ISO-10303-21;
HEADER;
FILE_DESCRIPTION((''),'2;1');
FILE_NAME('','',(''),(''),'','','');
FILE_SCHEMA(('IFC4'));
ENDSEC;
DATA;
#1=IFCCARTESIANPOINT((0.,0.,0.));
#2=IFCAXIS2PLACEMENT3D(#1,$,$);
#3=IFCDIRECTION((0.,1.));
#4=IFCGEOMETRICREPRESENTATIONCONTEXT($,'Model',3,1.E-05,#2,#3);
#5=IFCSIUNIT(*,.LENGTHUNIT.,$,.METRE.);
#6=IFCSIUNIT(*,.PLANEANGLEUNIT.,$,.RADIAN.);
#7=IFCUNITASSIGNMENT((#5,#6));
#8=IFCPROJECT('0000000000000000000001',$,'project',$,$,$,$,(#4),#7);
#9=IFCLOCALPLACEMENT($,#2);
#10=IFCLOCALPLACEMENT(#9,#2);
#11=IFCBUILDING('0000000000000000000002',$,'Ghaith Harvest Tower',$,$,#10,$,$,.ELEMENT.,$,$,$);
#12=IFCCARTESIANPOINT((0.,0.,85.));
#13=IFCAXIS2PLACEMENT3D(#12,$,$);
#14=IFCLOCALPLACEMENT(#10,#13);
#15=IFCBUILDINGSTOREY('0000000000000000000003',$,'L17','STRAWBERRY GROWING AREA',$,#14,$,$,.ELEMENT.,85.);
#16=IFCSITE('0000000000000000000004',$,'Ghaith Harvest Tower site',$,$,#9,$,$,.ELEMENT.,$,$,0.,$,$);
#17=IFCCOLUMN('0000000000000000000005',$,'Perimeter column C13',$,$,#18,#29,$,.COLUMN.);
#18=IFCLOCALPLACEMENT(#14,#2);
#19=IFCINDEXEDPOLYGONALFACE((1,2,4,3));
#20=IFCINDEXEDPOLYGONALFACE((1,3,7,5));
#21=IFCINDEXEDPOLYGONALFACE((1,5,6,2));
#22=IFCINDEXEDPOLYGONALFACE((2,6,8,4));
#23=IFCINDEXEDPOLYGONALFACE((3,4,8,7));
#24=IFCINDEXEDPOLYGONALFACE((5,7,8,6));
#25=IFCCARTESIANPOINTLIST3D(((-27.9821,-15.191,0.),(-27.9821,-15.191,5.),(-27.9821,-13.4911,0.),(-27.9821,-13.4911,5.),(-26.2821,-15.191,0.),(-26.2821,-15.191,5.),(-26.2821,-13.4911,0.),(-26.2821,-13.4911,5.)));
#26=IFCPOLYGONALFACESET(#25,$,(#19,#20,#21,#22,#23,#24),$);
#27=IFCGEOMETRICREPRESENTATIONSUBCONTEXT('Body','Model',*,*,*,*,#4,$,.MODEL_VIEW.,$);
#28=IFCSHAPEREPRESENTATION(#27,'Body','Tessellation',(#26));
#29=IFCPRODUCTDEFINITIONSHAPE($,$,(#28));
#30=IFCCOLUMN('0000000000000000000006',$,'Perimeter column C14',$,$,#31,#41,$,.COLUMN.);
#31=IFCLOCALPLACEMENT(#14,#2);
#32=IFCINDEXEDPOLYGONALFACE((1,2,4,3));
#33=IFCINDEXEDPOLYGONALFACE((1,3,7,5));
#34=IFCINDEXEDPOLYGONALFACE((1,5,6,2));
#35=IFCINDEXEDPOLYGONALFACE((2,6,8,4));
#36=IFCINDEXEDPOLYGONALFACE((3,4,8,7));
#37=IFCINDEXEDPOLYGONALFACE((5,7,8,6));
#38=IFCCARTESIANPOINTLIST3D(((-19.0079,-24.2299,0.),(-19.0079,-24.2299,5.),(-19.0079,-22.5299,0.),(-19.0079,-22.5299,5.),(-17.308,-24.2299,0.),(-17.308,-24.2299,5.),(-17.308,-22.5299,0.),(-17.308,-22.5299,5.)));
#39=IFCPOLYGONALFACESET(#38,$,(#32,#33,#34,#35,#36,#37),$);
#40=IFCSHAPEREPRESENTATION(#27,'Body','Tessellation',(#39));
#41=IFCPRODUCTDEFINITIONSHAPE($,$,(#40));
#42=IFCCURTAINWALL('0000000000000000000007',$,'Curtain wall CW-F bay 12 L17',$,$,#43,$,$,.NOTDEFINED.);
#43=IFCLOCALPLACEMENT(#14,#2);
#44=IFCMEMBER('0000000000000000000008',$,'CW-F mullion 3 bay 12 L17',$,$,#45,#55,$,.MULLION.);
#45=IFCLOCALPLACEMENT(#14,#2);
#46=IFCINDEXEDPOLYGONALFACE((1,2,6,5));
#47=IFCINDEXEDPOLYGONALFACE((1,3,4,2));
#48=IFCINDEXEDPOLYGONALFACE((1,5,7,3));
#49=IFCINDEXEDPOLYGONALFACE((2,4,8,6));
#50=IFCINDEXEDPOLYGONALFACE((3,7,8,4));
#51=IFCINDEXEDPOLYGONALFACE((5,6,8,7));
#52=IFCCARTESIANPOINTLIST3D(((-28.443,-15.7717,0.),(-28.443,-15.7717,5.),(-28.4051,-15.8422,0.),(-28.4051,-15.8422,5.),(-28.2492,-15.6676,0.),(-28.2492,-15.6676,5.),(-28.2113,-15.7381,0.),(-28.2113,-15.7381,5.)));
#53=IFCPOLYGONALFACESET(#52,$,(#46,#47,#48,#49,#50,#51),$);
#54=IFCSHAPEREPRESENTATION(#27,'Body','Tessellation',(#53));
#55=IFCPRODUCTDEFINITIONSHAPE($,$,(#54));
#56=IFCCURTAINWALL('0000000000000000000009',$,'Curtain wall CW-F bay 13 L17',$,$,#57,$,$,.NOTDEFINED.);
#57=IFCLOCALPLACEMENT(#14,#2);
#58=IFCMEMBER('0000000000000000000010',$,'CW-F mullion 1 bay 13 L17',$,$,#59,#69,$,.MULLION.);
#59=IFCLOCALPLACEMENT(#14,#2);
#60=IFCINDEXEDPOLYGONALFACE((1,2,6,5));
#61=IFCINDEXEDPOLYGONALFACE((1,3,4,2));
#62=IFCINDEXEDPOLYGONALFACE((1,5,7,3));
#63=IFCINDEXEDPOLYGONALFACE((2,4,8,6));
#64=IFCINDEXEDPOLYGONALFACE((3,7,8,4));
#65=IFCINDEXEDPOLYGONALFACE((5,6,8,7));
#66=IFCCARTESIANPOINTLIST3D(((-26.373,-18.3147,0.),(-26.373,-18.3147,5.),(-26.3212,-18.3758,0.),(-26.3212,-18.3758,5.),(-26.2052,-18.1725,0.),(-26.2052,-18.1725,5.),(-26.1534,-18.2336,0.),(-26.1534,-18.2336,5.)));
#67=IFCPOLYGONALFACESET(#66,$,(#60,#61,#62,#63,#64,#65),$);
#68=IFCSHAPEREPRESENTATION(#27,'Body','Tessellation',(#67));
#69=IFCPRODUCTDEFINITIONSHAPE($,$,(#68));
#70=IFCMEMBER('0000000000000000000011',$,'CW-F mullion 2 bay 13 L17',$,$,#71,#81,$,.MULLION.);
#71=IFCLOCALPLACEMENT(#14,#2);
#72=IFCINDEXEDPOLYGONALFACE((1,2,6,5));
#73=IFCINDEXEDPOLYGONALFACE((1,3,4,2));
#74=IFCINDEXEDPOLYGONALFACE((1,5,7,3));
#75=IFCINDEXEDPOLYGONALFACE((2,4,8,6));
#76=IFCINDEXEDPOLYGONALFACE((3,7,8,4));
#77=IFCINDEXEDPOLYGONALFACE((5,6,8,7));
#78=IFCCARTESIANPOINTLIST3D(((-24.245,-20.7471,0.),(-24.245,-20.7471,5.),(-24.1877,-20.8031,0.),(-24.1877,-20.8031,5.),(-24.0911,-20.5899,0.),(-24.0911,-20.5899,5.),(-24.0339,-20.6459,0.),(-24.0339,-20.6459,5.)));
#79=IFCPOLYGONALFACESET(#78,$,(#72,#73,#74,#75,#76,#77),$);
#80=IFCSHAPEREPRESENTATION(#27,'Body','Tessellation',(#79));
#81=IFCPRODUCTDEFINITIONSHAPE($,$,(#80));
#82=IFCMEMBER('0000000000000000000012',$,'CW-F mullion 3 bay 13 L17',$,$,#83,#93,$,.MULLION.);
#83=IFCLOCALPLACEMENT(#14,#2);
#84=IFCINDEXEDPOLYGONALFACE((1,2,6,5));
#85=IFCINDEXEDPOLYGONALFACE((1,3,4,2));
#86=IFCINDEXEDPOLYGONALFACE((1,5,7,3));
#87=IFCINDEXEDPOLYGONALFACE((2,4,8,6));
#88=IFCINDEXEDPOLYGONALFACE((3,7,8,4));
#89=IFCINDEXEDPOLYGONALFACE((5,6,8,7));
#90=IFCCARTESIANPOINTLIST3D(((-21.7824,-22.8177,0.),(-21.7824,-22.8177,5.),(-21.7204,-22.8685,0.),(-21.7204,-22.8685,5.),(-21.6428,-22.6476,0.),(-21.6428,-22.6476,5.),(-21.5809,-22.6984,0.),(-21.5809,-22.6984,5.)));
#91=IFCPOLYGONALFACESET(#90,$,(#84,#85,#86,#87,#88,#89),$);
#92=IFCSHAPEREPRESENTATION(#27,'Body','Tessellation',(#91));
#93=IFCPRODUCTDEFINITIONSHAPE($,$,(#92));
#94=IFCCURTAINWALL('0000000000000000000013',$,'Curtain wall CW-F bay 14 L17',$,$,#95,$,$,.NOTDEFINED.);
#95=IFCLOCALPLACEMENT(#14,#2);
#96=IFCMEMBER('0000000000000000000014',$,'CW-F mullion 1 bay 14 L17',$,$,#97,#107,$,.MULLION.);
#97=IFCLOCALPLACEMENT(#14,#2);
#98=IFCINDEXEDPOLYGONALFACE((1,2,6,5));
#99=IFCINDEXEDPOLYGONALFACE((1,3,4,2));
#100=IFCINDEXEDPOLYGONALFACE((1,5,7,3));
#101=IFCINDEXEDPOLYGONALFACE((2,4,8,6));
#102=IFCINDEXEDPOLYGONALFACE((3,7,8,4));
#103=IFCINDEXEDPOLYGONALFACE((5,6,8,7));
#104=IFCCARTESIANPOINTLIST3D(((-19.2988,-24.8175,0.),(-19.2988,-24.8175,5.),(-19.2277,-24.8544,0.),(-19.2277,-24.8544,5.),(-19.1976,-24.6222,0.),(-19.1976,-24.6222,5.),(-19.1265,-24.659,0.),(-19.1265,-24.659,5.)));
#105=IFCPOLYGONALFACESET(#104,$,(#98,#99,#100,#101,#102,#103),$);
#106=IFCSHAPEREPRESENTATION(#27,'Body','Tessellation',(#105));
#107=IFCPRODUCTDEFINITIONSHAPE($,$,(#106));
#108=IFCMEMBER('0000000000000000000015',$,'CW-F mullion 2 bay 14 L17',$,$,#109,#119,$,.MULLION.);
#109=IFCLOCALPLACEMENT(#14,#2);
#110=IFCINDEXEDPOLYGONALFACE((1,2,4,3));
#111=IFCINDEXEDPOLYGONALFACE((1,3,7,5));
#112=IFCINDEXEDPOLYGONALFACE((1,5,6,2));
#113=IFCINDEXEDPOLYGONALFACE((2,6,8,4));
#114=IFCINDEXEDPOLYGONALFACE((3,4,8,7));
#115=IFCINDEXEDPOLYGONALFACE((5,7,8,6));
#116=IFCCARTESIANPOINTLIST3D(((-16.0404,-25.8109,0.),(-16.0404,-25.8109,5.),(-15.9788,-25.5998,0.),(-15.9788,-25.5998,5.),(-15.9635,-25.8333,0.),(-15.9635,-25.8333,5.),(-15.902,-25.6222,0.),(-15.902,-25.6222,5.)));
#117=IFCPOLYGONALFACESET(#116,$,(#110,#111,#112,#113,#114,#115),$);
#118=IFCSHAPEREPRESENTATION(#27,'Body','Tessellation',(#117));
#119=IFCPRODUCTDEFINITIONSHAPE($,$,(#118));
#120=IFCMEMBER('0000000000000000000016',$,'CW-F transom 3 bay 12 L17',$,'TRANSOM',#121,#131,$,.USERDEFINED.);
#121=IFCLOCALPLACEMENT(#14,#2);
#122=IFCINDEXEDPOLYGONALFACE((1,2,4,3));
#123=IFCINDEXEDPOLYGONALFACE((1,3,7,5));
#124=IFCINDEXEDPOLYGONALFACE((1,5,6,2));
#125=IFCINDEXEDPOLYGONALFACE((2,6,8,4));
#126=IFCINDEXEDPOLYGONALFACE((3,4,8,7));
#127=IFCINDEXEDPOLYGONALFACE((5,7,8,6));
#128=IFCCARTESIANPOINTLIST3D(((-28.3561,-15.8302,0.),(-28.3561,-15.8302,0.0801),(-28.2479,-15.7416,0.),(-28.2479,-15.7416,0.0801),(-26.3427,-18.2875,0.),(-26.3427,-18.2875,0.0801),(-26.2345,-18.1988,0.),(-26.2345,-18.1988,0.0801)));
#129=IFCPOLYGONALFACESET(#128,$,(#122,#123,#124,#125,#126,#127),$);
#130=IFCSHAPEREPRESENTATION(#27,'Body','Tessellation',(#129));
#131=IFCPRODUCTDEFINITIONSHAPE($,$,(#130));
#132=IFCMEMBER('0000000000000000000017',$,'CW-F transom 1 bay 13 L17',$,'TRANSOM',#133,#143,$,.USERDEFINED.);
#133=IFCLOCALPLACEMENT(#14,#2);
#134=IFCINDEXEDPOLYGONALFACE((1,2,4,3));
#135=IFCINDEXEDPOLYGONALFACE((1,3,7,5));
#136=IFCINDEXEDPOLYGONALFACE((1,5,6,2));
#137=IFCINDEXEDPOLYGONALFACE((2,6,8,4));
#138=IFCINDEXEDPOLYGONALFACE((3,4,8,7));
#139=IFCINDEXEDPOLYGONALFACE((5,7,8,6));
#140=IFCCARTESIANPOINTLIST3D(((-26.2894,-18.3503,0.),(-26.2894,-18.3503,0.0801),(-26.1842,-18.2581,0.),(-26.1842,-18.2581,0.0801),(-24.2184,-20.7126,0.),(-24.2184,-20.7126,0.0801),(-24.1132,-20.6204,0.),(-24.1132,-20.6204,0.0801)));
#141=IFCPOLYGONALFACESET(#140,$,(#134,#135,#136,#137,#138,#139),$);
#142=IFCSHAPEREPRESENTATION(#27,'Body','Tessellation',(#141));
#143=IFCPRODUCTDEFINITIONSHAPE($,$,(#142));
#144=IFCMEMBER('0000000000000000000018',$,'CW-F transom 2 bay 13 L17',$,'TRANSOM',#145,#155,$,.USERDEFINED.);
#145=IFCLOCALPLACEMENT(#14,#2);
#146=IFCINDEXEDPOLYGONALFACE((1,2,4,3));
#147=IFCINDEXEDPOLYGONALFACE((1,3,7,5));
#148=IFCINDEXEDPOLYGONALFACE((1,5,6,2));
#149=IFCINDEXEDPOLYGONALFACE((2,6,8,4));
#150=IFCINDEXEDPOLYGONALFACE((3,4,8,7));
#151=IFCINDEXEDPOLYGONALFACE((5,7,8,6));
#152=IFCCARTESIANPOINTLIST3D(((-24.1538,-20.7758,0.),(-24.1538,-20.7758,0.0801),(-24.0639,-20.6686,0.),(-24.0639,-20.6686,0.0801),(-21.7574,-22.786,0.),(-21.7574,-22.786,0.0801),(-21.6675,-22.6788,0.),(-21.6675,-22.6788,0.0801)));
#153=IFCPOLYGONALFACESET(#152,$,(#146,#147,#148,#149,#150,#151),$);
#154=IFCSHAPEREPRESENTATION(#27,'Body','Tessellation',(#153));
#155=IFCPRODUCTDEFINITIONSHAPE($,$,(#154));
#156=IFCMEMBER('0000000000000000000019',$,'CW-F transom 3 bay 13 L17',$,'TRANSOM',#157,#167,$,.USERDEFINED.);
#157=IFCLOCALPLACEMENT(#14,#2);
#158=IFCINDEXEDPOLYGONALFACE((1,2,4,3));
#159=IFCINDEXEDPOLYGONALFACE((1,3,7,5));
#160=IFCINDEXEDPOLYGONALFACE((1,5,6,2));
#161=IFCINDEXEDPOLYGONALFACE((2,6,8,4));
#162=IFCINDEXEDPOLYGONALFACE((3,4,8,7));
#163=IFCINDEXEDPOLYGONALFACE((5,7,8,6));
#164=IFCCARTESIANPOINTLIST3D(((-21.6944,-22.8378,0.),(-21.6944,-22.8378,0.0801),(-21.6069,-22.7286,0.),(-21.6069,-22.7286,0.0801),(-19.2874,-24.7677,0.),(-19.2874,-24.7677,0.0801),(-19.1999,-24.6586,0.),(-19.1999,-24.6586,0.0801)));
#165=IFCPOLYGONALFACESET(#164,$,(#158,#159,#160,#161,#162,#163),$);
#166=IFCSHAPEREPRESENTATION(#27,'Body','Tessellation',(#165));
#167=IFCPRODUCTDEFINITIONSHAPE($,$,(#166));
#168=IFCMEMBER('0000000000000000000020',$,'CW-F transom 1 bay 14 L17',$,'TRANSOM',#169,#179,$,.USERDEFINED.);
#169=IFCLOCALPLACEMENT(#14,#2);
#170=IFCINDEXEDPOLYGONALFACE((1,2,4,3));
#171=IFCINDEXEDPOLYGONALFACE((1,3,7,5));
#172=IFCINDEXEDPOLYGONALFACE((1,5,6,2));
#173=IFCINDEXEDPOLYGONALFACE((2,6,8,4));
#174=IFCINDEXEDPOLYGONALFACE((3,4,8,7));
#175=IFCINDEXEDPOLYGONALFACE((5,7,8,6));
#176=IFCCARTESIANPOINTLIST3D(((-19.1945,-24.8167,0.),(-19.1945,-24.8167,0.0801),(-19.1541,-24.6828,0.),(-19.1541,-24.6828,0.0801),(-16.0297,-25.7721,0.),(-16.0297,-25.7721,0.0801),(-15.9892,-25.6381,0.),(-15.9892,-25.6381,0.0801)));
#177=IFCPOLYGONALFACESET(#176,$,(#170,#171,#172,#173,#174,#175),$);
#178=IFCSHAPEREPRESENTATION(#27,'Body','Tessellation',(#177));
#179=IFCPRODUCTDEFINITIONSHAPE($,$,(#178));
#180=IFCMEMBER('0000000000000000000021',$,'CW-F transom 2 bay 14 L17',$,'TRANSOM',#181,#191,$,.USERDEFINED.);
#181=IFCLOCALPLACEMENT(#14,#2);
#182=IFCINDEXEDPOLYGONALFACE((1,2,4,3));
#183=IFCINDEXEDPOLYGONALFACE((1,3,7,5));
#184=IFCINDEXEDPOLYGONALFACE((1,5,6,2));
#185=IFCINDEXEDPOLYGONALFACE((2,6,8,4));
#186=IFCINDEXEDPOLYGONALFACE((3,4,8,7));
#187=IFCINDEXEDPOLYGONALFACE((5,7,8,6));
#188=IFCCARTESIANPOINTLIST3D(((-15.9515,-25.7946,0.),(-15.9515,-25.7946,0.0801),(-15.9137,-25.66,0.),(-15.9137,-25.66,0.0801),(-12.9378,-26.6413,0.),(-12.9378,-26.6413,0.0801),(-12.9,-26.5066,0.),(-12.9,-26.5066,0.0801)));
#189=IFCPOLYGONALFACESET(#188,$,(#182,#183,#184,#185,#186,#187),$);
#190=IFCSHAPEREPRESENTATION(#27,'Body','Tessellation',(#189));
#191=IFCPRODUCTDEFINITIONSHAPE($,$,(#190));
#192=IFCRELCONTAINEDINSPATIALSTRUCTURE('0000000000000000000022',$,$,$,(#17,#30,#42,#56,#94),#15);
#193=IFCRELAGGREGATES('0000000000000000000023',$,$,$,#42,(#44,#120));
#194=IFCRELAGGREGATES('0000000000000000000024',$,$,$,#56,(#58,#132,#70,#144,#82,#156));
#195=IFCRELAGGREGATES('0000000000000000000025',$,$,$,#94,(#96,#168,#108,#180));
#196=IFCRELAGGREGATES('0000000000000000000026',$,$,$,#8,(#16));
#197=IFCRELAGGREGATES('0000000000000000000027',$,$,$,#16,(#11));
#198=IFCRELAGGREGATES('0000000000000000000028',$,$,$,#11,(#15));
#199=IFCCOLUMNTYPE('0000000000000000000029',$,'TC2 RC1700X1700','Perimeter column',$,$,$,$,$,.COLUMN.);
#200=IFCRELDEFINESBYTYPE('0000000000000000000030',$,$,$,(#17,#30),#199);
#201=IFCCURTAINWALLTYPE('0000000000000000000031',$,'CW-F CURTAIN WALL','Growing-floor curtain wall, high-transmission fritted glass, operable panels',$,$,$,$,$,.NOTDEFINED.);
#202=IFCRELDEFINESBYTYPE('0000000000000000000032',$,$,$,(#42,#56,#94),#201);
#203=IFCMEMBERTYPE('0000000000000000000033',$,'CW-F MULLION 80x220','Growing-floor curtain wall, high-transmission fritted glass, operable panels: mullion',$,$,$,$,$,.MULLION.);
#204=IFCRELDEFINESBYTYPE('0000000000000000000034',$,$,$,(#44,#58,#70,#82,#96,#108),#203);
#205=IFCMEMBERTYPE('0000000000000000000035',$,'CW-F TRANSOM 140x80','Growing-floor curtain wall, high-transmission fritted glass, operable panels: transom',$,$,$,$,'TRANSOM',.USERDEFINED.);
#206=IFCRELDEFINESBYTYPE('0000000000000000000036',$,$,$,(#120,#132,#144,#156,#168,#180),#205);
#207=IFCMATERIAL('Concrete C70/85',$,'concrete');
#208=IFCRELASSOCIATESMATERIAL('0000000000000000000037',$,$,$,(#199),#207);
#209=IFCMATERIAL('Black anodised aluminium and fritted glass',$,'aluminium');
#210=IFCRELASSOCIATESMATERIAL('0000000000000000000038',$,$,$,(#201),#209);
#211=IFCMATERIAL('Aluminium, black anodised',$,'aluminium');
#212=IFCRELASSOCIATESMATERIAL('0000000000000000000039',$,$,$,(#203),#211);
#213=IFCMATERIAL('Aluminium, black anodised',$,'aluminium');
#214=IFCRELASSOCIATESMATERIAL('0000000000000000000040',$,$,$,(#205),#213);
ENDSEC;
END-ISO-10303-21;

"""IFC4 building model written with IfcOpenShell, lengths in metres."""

from ifc_helpers import new_model, si_unit, direction, frame, origin, origin_2d, place, context, subcontext, project, spatial, rectangle, extrude, material, material_profile, profile_set, type_object, element, aggregate, save


model = new_model("IFC4")

# Units and contexts
model_context = context("Model", 3, precision=1e-05, world=origin(), true_north=direction((0.0, 1.0)))
body_context = subcontext(model_context, "Body", "Model", "MODEL_VIEW")
ifc_project = project(units=[si_unit("LENGTHUNIT", "METRE"), si_unit("PLANEANGLEUNIT", "RADIAN")], contexts=[model_context])

# Site, building, storey
site_placement = place(None, origin())
site = spatial("IfcSite", under=ifc_project, at=site_placement, Name="Ghaith Harvest Tower site", CompositionType="ELEMENT", RefElevation=0.0)
building_placement = place(site_placement, origin())
building = spatial("IfcBuilding", under=site, at=building_placement, Name="Ghaith Harvest Tower", CompositionType="ELEMENT")
storey_placement = place(building_placement, frame((0.0, 0.0, 85.0)))
storey = spatial("IfcBuildingStorey", under=building, at=storey_placement, Name="L17", Description="STRAWBERRY GROWING AREA", CompositionType="ELEMENT", Elevation=85.0)

# Columns
ifc_material_1 = material(Name="Concrete C70/85", Category="concrete")
ifc_material_profile_1 = material_profile(ifc_material_1, rectangle(XDim=1.7, YDim=1.7, at=origin_2d()), Name="RC1700X1700")
ifc_profile_set_1 = profile_set([ifc_material_profile_1], Name="Concrete C70/85")
column_type = type_object("IfcColumnType", Name="TC2 RC1700X1700", Description="Perimeter column", PredefinedType="COLUMN", material=ifc_profile_set_1)
for number, where, z_axis, x_axis, name in (
    (1, (-27.1321, -14.3411, 0.0), (0.0, 0.0, 1.0), (1.0, 0.0, 0.0), "Perimeter column C13"),
    (2, (-18.158, -23.3799, 0.0), (0.0, 0.0, 1.0), (1.0, 0.0, 0.0), "Perimeter column C14"),
):
    element("IfcColumn", number, at=place(storey_placement, frame(where, z_axis=z_axis, x_axis=x_axis)), inside=storey, type_object=column_type, Name=name, PredefinedType="COLUMN", context=body_context, shape_type="SweptSolid", body=[
        extrude(rectangle(XDim=1.7, YDim=1.7, at=origin_2d()), origin(), (0.0, 0.0, 1.0), 5.0),
    ])

# Curtain wall, member
ifc_material_2 = material(Name="Black anodised aluminium and fritted glass", Category="aluminium")
curtain_wall_type = type_object("IfcCurtainWallType", Name="CW-F CURTAIN WALL", Description="Growing-floor curtain wall, high-transmission fritted glass, operable panels", PredefinedType="NOTDEFINED", material=ifc_material_2)
curtain_wall_1_placement = place(storey_placement, origin())
curtain_wall_1 = element("IfcCurtainWall", 3, at=curtain_wall_1_placement, inside=storey, type_object=curtain_wall_type, Name="Curtain wall CW-F bay 12 L17", PredefinedType="NOTDEFINED")
ifc_material_3 = material(Name="Aluminium, black anodised", Category="aluminium")
ifc_material_profile_2 = material_profile(ifc_material_3, rectangle(XDim=0.0801, YDim=0.22, at=origin_2d()), Name="CW-F MULLION 80x220")
ifc_profile_set_2 = profile_set([ifc_material_profile_2], Name="Aluminium, black anodised")
member_type_1 = type_object("IfcMemberType", Name="CW-F MULLION 80x220", Description="Growing-floor curtain wall, high-transmission fritted glass, operable panels: mullion", PredefinedType="MULLION", material=ifc_profile_set_2)
member_1_placement = place(storey_placement, frame((-28.3271, -15.7549, 0.0), z_axis=(0.0, 0.0, 1.0), x_axis=(0.473265, -0.88092, 0.0)))
member_1 = element("IfcMember", 4, at=member_1_placement, type_object=member_type_1, Name="CW-F mullion 3 bay 12 L17", PredefinedType="MULLION", context=body_context, shape_type="SweptSolid", body=[
    extrude(rectangle(XDim=0.0801, YDim=0.22, at=origin_2d()), origin(), (0.0, 0.0, 1.0), 5.0),
])

# Curtain walls, members
curtain_wall_2_placement = place(storey_placement, origin())
curtain_wall_2 = element("IfcCurtainWall", 5, at=curtain_wall_2_placement, inside=storey, type_object=curtain_wall_type, Name="Curtain wall CW-F bay 13 L17", PredefinedType="NOTDEFINED")
member_2_placement = place(storey_placement, frame((-26.2632, -18.2742, 0.0), z_axis=(0.0, 0.0, 1.0), x_axis=(0.646524, -0.762894, 0.0)))
member_2 = element("IfcMember", 6, at=member_2_placement, type_object=member_type_1, Name="CW-F mullion 1 bay 13 L17", PredefinedType="MULLION", context=body_context, shape_type="SweptSolid", body=[
    extrude(rectangle(XDim=0.0801, YDim=0.22, at=origin_2d()), origin(), (0.0, 0.0, 1.0), 5.0),
])
member_3_placement = place(storey_placement, frame((-24.1394, -20.6965, 0.0), z_axis=(0.0, 0.0, 1.0), x_axis=(0.714663, -0.699469, 0.0)))
member_3 = element("IfcMember", 7, at=member_3_placement, type_object=member_type_1, Name="CW-F mullion 2 bay 13 L17", PredefinedType="MULLION", context=body_context, shape_type="SweptSolid", body=[
    extrude(rectangle(XDim=0.0801, YDim=0.22, at=origin_2d()), origin(), (0.0, 0.0, 1.0), 5.0),
])
member_4_placement = place(storey_placement, frame((-21.6816, -22.7581, 0.0), z_axis=(0.0, 0.0, 1.0), x_axis=(0.773139, -0.634237, 0.0)))
member_4 = element("IfcMember", 8, at=member_4_placement, type_object=member_type_1, Name="CW-F mullion 3 bay 13 L17", PredefinedType="MULLION", context=body_context, shape_type="SweptSolid", body=[
    extrude(rectangle(XDim=0.0801, YDim=0.22, at=origin_2d()), origin(), (0.0, 0.0, 1.0), 5.0),
])
curtain_wall_3_placement = place(storey_placement, origin())
curtain_wall_3 = element("IfcCurtainWall", 9, at=curtain_wall_3_placement, inside=storey, type_object=curtain_wall_type, Name="Curtain wall CW-F bay 14 L17", PredefinedType="NOTDEFINED")
member_5_placement = place(storey_placement, frame((-19.2126, -24.7383, 0.0), z_axis=(0.0, 0.0, 1.0), x_axis=(0.887912, -0.460013, 0.0)))
member_5 = element("IfcMember", 10, at=member_5_placement, type_object=member_type_1, Name="CW-F mullion 1 bay 14 L17", PredefinedType="MULLION", context=body_context, shape_type="SweptSolid", body=[
    extrude(rectangle(XDim=0.0801, YDim=0.22, at=origin_2d()), origin(), (0.0, 0.0, 1.0), 5.0),
])
member_6_placement = place(storey_placement, frame((-15.9712, -25.7166, 0.0), z_axis=(0.0, 0.0, 1.0), x_axis=(0.960009, -0.27997, 0.0)))
member_6 = element("IfcMember", 11, at=member_6_placement, type_object=member_type_1, Name="CW-F mullion 2 bay 14 L17", PredefinedType="MULLION", context=body_context, shape_type="SweptSolid", body=[
    extrude(rectangle(XDim=0.0801, YDim=0.22, at=origin_2d()), origin(), (0.0, 0.0, 1.0), 5.0),
])

# Members
ifc_material_4 = material(Name="Aluminium, black anodised", Category="aluminium")
ifc_material_profile_3 = material_profile(ifc_material_4, rectangle(XDim=0.1399, YDim=0.0801, at=origin_2d()), Name="CW-F TRANSOM 140x80")
ifc_profile_set_3 = profile_set([ifc_material_profile_3], Name="Aluminium, black anodised")
member_type_2 = type_object("IfcMemberType", Name="CW-F TRANSOM 140x80", Description="Growing-floor curtain wall, high-transmission fritted glass, operable panels: transom", ElementType="TRANSOM", PredefinedType="USERDEFINED", material=ifc_profile_set_3)
member_7_placement = place(storey_placement, frame((-28.302, -15.7859, 0.04), z_axis=(0.63379, -0.773505, 0.0), x_axis=(0.773505, 0.63379, 0.0)))
member_7 = element("IfcMember", 12, at=member_7_placement, type_object=member_type_2, Name="CW-F transom 3 bay 12 L17", ObjectType="TRANSOM", PredefinedType="USERDEFINED", context=body_context, shape_type="SweptSolid", body=[
    extrude(rectangle(XDim=0.1399, YDim=0.0801, at=origin_2d()), origin(), (0.0, 0.0, 1.0), 3.1768),
])
member_8_placement = place(storey_placement, frame((-26.2368, -18.3042, 0.04), z_axis=(0.659231, -0.751941, 0.0), x_axis=(0.751941, 0.659231, 0.0)))
member_8 = element("IfcMember", 13, at=member_8_placement, type_object=member_type_2, Name="CW-F transom 1 bay 13 L17", ObjectType="TRANSOM", PredefinedType="USERDEFINED", context=body_context, shape_type="SweptSolid", body=[
    extrude(rectangle(XDim=0.1399, YDim=0.0801, at=origin_2d()), origin(), (0.0, 0.0, 1.0), 3.1416),
])
member_9_placement = place(storey_placement, frame((-24.1089, -20.7222, 0.04), z_axis=(0.766144, -0.642668, 0.0), x_axis=(0.642668, 0.766144, 0.0)))
member_9 = element("IfcMember", 14, at=member_9_placement, type_object=member_type_2, Name="CW-F transom 2 bay 13 L17", ObjectType="TRANSOM", PredefinedType="USERDEFINED", context=body_context, shape_type="SweptSolid", body=[
    extrude(rectangle(XDim=0.1399, YDim=0.0801, at=origin_2d()), origin(), (0.0, 0.0, 1.0), 3.1279),
])
member_10_placement = place(storey_placement, frame((-21.6506, -22.7832, 0.04), z_axis=(0.780181, -0.625554, 0.0), x_axis=(0.625554, 0.780181, 0.0)))
member_10 = element("IfcMember", 15, at=member_10_placement, type_object=member_type_2, Name="CW-F transom 3 bay 13 L17", ObjectType="TRANSOM", PredefinedType="USERDEFINED", context=body_context, shape_type="SweptSolid", body=[
    extrude(rectangle(XDim=0.1399, YDim=0.0801, at=origin_2d()), origin(), (0.0, 0.0, 1.0), 3.0852),
])
member_11_placement = place(storey_placement, frame((-19.1743, -24.7498, 0.04), z_axis=(0.957335, -0.28898, 0.0), x_axis=(0.28898, 0.957335, 0.0)))
member_11 = element("IfcMember", 16, at=member_11_placement, type_object=member_type_2, Name="CW-F transom 1 bay 14 L17", ObjectType="TRANSOM", PredefinedType="USERDEFINED", context=body_context, shape_type="SweptSolid", body=[
    extrude(rectangle(XDim=0.1399, YDim=0.0801, at=origin_2d()), origin(), (0.0, 0.0, 1.0), 3.3059),
])
member_12_placement = place(storey_placement, frame((-15.9326, -25.7273, 0.04), z_axis=(0.962727, -0.270475, 0.0), x_axis=(0.270475, 0.962727, 0.0)))
member_12 = element("IfcMember", 17, at=member_12_placement, type_object=member_type_2, Name="CW-F transom 2 bay 14 L17", ObjectType="TRANSOM", PredefinedType="USERDEFINED", context=body_context, shape_type="SweptSolid", body=[
    extrude(rectangle(XDim=0.1399, YDim=0.0801, at=origin_2d()), origin(), (0.0, 0.0, 1.0), 3.1304),
])

aggregate(curtain_wall_1, [member_1, member_7])
aggregate(curtain_wall_2, [member_2, member_8, member_3, member_9, member_4, member_10])
aggregate(curtain_wall_3, [member_5, member_11, member_6, member_12])

save(model, "model.ifc")
